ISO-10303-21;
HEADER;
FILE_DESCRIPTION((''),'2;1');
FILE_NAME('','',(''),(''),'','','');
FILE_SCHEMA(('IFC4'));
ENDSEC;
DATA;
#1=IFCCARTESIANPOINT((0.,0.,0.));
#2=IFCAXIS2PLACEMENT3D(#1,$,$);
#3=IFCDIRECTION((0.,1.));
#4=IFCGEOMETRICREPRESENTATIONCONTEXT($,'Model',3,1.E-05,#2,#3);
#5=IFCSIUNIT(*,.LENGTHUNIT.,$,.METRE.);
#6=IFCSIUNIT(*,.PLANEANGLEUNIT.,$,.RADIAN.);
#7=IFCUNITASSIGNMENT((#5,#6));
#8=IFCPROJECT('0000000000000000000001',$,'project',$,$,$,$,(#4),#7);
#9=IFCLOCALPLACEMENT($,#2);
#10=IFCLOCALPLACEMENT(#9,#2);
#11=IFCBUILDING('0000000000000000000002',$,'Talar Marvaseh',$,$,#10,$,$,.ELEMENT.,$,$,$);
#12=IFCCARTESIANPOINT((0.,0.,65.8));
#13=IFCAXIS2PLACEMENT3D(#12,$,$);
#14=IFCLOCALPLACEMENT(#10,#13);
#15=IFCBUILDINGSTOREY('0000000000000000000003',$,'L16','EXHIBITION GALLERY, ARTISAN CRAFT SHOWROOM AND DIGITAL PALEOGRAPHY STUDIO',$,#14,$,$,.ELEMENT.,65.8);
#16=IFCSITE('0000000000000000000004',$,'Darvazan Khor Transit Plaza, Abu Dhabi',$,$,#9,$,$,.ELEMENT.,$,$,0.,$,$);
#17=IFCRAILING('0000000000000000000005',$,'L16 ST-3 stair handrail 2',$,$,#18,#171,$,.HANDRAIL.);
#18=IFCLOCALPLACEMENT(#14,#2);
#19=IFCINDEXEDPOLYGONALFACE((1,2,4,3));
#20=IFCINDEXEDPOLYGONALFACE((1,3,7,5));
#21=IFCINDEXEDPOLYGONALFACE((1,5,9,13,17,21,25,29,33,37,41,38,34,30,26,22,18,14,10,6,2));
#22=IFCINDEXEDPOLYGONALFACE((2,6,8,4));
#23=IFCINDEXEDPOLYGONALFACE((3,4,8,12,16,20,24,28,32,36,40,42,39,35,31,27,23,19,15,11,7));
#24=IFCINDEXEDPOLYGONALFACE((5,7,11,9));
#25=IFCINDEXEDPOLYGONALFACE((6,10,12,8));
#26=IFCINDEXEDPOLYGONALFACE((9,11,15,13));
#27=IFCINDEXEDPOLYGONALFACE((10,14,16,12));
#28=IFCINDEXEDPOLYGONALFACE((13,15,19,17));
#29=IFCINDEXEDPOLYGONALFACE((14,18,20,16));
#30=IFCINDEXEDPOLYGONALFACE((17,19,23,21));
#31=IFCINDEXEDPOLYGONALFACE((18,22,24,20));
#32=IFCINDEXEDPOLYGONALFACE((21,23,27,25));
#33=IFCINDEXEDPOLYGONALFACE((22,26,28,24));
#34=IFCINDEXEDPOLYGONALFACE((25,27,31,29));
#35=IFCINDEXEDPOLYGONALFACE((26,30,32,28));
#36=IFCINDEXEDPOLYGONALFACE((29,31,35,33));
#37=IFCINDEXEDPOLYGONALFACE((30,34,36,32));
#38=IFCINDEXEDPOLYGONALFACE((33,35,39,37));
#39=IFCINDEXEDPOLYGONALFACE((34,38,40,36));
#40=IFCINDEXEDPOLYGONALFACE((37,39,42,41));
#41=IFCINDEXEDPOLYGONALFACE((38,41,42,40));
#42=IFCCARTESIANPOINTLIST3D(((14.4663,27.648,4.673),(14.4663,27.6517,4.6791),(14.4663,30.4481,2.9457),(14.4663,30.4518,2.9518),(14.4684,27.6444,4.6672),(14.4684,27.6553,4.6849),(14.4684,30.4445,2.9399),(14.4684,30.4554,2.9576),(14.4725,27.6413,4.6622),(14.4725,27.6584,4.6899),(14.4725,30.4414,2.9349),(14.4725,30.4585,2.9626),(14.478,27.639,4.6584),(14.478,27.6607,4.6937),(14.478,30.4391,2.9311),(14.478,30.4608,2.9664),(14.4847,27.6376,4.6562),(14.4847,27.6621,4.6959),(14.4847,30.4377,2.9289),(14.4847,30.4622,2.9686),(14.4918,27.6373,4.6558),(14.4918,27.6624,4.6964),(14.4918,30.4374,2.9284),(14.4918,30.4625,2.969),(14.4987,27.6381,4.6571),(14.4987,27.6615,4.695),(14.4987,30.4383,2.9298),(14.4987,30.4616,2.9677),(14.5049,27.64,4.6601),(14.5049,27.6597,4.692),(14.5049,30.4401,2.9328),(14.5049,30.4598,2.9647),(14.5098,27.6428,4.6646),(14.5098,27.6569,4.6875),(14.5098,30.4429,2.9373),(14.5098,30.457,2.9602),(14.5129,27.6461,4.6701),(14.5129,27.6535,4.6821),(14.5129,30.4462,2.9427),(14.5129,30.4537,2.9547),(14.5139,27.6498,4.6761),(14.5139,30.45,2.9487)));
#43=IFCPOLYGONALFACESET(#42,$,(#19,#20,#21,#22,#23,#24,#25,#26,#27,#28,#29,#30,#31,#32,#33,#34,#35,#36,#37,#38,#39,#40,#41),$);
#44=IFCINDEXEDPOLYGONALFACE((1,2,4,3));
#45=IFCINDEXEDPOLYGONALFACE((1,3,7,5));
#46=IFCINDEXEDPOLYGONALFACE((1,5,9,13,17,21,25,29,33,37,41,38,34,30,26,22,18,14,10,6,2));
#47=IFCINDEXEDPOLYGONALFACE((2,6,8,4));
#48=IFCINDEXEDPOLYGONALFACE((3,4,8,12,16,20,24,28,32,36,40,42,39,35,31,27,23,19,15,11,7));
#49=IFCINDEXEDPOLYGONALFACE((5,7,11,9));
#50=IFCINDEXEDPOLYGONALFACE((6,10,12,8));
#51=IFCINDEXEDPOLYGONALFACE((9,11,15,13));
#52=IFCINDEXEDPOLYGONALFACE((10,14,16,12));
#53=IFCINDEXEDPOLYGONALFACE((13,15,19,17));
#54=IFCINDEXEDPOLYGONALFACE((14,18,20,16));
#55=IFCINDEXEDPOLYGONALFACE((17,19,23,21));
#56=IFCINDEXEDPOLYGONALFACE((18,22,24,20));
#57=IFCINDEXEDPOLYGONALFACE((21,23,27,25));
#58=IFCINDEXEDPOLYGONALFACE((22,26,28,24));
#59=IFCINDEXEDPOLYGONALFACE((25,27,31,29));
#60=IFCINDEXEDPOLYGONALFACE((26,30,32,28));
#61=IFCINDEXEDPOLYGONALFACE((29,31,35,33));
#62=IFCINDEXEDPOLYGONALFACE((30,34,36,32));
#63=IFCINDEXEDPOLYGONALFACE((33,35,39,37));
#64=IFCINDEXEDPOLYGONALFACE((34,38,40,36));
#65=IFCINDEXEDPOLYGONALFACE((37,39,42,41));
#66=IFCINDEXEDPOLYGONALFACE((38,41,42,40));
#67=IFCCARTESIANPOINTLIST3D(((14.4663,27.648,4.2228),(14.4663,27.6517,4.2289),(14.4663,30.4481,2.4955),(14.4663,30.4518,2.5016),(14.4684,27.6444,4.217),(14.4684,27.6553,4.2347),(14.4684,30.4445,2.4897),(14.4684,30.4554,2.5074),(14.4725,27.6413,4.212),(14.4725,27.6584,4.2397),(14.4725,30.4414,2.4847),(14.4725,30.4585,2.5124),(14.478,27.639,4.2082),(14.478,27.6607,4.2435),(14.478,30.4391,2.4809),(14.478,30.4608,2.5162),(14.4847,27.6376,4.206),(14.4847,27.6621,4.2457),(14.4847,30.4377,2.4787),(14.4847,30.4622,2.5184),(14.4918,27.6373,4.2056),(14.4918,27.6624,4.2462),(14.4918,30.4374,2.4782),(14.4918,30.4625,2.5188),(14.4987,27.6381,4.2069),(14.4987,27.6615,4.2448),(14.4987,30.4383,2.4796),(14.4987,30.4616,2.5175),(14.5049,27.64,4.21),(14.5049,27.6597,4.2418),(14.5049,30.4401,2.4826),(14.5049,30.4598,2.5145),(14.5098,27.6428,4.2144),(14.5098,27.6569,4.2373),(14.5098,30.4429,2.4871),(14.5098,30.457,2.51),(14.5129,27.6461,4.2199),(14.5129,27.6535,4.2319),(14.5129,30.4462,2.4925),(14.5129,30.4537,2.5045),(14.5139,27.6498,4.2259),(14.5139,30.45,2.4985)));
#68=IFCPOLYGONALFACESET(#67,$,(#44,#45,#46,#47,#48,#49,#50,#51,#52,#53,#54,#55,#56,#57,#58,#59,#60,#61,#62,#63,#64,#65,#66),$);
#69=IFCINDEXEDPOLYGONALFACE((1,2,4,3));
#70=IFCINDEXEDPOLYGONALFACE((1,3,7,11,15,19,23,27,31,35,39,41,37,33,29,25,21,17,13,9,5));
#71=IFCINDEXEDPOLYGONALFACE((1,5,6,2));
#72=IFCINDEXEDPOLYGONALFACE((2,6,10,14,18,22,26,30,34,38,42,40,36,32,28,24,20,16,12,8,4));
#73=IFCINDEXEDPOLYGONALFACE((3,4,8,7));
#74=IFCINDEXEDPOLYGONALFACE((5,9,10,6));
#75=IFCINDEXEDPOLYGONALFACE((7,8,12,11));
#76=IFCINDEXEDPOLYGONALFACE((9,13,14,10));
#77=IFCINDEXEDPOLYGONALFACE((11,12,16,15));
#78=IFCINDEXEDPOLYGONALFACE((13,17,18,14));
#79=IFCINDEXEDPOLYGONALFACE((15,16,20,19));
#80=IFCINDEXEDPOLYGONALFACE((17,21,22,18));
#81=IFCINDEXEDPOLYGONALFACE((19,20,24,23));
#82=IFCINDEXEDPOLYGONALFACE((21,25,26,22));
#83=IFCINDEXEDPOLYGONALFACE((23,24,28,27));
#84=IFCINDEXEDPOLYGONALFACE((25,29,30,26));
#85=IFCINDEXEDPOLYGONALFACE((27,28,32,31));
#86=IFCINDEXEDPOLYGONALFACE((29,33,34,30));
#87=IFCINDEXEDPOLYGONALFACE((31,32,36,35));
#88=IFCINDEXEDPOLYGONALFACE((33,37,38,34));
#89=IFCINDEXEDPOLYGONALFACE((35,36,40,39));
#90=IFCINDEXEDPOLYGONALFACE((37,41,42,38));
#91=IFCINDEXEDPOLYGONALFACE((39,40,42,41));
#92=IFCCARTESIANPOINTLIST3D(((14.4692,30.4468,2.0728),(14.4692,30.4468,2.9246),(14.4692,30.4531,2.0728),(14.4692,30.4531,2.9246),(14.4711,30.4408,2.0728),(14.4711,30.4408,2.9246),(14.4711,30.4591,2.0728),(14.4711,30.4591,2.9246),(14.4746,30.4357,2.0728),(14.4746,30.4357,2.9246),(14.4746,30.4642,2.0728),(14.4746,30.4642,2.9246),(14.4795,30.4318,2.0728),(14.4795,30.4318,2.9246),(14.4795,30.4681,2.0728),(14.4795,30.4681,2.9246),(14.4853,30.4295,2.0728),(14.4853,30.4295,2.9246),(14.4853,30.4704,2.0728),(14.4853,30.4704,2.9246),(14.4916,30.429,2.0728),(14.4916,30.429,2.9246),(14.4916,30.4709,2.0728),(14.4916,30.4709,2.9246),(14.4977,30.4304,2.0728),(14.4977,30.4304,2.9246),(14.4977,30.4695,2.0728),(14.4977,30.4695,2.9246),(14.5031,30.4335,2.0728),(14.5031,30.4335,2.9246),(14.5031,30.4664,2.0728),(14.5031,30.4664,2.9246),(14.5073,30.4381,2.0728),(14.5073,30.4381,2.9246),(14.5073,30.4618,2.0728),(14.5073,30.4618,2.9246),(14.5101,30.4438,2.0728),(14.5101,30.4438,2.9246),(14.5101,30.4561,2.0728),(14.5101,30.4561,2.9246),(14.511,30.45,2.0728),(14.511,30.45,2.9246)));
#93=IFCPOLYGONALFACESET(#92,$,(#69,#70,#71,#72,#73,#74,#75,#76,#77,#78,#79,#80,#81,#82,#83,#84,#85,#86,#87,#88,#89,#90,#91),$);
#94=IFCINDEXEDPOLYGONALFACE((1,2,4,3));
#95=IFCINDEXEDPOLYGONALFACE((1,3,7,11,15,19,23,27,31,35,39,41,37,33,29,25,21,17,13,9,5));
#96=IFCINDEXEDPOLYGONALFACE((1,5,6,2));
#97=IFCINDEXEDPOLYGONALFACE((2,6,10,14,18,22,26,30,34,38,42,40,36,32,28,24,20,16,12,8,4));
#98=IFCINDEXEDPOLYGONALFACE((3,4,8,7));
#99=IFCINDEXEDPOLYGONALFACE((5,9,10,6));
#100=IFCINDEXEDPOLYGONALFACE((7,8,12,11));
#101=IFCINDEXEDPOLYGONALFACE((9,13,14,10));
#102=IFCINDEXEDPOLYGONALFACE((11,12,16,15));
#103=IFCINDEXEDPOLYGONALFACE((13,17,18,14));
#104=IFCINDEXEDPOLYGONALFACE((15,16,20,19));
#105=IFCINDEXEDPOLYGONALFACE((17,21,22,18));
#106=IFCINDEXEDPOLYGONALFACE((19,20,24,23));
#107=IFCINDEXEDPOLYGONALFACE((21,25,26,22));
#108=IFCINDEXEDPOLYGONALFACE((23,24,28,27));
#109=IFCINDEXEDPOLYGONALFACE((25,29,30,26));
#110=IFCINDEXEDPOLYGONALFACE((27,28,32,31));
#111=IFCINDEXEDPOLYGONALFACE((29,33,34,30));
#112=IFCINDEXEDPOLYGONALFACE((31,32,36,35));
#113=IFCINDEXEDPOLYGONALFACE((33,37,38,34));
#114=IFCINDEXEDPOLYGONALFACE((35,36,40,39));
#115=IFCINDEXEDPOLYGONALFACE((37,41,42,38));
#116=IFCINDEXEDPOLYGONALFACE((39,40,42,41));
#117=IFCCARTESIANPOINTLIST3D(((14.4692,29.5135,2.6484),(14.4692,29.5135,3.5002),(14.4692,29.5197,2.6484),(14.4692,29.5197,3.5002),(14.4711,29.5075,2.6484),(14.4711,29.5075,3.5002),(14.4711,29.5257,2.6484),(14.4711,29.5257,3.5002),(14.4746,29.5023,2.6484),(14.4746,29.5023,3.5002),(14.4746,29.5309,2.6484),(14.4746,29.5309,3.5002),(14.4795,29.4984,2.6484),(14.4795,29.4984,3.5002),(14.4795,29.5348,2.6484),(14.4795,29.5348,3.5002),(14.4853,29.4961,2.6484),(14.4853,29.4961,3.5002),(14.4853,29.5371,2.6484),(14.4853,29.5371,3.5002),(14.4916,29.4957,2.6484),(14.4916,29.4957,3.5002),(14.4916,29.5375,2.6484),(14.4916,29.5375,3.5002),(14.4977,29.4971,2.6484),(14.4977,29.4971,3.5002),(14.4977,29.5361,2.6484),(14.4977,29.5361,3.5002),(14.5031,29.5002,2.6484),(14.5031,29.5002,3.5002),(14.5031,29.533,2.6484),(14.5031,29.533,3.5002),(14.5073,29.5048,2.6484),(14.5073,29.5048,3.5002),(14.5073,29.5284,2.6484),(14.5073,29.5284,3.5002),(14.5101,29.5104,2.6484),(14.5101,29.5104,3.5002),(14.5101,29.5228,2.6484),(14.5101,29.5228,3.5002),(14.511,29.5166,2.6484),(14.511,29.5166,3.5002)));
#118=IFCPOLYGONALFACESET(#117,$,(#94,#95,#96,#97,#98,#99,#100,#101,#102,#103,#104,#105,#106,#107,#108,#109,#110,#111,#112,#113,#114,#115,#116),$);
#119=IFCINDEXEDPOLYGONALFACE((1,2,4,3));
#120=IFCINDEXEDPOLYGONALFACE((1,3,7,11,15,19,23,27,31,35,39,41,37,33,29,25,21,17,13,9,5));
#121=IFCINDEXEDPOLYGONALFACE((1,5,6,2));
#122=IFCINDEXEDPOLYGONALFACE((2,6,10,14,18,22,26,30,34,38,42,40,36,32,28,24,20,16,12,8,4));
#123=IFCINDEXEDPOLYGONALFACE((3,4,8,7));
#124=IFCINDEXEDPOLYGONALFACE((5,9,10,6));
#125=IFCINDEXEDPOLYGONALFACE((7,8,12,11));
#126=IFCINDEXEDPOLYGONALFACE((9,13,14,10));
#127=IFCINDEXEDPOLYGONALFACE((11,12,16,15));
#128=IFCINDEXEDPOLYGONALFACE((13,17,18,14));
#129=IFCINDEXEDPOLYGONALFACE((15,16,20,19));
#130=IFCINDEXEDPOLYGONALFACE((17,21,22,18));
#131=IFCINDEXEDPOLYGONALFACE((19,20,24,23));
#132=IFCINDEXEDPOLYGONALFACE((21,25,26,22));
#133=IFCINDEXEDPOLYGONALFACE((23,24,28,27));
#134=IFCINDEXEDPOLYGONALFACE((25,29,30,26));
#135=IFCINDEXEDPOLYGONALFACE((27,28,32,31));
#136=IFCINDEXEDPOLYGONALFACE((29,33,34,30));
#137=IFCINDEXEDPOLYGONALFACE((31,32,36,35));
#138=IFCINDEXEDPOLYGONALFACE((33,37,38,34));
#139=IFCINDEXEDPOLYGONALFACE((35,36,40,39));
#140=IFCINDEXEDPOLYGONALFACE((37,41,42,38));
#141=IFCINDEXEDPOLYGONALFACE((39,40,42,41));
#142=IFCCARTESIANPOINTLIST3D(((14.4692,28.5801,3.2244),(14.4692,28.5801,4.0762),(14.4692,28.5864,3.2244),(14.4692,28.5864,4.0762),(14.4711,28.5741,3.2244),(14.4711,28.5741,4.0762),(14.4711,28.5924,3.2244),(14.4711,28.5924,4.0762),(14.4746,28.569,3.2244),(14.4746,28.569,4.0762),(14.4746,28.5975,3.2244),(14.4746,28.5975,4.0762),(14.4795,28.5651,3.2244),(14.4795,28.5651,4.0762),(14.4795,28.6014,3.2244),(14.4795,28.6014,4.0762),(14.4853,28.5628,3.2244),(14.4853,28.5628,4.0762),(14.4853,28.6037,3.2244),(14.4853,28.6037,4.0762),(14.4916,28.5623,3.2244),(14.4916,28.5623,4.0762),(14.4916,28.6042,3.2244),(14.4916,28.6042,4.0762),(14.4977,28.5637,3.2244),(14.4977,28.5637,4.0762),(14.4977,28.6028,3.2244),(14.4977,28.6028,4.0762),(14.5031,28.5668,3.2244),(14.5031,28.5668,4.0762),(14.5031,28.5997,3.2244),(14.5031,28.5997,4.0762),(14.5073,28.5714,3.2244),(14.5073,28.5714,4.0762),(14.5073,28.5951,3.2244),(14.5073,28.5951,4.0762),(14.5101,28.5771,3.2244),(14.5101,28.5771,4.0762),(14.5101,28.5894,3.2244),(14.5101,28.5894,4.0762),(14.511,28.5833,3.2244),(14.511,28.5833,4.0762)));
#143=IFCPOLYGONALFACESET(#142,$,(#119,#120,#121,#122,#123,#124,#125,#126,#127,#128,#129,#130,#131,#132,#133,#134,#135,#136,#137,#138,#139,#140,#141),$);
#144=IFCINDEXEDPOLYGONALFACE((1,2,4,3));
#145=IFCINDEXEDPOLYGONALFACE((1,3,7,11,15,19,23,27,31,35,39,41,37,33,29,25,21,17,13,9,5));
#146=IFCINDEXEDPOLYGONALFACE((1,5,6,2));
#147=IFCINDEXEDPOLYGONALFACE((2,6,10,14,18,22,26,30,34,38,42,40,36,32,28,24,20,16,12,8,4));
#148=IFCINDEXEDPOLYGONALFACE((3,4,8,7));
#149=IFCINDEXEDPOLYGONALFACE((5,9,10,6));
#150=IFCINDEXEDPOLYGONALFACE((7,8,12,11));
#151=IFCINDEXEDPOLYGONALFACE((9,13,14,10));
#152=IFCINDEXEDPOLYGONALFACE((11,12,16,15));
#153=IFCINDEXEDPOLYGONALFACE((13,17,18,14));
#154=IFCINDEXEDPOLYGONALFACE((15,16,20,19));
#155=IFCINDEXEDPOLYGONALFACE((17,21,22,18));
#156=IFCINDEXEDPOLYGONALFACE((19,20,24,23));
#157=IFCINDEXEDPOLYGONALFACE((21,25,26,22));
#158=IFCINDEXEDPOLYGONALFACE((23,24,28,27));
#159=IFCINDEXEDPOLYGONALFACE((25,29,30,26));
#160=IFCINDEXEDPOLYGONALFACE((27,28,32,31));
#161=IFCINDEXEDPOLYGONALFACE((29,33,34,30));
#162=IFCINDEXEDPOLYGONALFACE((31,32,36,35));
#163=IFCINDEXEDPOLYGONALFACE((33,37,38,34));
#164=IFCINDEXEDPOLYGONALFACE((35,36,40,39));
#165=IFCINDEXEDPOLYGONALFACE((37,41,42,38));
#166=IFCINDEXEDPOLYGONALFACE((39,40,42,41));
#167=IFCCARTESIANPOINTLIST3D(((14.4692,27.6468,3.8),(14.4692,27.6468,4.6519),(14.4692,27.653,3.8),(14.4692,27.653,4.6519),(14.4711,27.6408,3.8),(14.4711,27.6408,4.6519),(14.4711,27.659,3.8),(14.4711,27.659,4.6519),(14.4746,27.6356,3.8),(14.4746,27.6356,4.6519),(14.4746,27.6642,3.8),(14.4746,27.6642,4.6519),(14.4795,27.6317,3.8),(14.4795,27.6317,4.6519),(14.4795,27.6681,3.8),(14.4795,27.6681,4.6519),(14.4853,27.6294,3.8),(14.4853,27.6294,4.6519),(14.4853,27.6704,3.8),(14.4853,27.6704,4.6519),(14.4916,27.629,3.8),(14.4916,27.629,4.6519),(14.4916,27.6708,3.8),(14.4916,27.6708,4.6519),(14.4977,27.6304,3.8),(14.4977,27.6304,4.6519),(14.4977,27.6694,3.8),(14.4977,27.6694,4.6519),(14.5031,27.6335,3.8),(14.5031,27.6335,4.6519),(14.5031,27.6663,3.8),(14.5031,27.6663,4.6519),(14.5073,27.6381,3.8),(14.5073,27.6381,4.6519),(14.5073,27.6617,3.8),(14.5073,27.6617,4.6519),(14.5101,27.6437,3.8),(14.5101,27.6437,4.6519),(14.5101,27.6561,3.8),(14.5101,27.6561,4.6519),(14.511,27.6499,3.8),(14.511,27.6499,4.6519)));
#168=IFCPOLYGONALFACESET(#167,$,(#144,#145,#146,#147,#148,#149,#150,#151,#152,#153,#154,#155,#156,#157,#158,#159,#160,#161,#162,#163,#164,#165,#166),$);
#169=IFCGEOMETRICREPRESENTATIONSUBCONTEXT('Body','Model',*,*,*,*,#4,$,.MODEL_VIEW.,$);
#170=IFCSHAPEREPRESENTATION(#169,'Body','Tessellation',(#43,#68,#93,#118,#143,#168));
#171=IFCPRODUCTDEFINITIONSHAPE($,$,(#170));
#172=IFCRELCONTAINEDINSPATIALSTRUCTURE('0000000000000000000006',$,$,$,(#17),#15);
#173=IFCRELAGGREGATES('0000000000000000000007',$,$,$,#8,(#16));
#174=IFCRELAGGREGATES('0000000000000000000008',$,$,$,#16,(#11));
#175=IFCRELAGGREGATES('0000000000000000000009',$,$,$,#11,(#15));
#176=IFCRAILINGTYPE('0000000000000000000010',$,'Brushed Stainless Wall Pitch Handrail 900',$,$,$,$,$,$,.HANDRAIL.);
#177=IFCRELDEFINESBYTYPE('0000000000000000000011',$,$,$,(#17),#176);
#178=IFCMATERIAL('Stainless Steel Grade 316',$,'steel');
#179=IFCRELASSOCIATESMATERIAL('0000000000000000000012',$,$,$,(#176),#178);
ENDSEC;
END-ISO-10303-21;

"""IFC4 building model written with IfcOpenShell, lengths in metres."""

from ifc_helpers import new_model, si_unit, direction, frame, origin, origin_2d, place, context, subcontext, project, spatial, circle, extrude, material, type_object, element, save


model = new_model("IFC4")

# Units and contexts
model_context = context("Model", 3, precision=1e-05, world=origin(), true_north=direction((0.0, 1.0)))
body_context = subcontext(model_context, "Body", "Model", "MODEL_VIEW")
ifc_project = project(units=[si_unit("LENGTHUNIT", "METRE"), si_unit("PLANEANGLEUNIT", "RADIAN")], contexts=[model_context])

# Site, building, storey
site_placement = place(None, origin())
site = spatial("IfcSite", under=ifc_project, at=site_placement, Name="Darvazan Khor Transit Plaza, Abu Dhabi", CompositionType="ELEMENT", RefElevation=0.0)
building_placement = place(site_placement, origin())
building = spatial("IfcBuilding", under=site, at=building_placement, Name="Talar Marvaseh", CompositionType="ELEMENT")
storey_placement = place(building_placement, frame((0.0, 0.0, 65.8)))
storey = spatial("IfcBuildingStorey", under=building, at=storey_placement, Name="L16", Description="EXHIBITION GALLERY, ARTISAN CRAFT SHOWROOM AND DIGITAL PALEOGRAPHY STUDIO", CompositionType="ELEMENT", Elevation=65.8)

# Railing
ifc_material_1 = material(Name="Stainless Steel Grade 316", Category="steel")
railing_type_1 = type_object("IfcRailingType", Name="Brushed Stainless Wall Pitch Handrail 900", PredefinedType="HANDRAIL", material=ifc_material_1)
railing_1_placement = place(storey_placement, frame((14.49, 30.45, 2.0728)))
element("IfcRailing", 1, at=railing_1_placement, inside=storey, type_object=railing_type_1, Name="L16 ST-3 stair handrail 2", PredefinedType="HANDRAIL", context=body_context, shape_type="SweptSolid", body=[
    extrude(circle(Radius=0.0239, at=origin_2d()), frame((0.0, 0.0, 0.876), z_axis=(0.0, -0.85109, 0.52502), x_axis=(1.0, 0.0, 0.0)), (0.0, 0.0, 1.0), 3.29),
    extrude(circle(Radius=0.0239, at=origin_2d()), frame((0.0, 0.0, 0.4258), z_axis=(0.0, -0.85109, 0.52502), x_axis=(1.0, 0.0, 0.0)), (0.0, 0.0, 1.0), 3.29),
    extrude(circle(Radius=0.021, at=origin_2d()), origin(), (0.0, 0.0, 1.0), 0.8518),
    extrude(circle(Radius=0.021, at=origin_2d()), frame((0.0, -0.9333, 0.5757)), (0.0, 0.0, 1.0), 0.8518),
    extrude(circle(Radius=0.021, at=origin_2d()), frame((0.0, -1.8667, 1.1516)), (0.0, 0.0, 1.0), 0.8518),
    extrude(circle(Radius=0.021, at=origin_2d()), frame((0.0, -2.8, 1.7273)), (0.0, 0.0, 1.0), 0.8518),
])

save(model, "model.ifc")
